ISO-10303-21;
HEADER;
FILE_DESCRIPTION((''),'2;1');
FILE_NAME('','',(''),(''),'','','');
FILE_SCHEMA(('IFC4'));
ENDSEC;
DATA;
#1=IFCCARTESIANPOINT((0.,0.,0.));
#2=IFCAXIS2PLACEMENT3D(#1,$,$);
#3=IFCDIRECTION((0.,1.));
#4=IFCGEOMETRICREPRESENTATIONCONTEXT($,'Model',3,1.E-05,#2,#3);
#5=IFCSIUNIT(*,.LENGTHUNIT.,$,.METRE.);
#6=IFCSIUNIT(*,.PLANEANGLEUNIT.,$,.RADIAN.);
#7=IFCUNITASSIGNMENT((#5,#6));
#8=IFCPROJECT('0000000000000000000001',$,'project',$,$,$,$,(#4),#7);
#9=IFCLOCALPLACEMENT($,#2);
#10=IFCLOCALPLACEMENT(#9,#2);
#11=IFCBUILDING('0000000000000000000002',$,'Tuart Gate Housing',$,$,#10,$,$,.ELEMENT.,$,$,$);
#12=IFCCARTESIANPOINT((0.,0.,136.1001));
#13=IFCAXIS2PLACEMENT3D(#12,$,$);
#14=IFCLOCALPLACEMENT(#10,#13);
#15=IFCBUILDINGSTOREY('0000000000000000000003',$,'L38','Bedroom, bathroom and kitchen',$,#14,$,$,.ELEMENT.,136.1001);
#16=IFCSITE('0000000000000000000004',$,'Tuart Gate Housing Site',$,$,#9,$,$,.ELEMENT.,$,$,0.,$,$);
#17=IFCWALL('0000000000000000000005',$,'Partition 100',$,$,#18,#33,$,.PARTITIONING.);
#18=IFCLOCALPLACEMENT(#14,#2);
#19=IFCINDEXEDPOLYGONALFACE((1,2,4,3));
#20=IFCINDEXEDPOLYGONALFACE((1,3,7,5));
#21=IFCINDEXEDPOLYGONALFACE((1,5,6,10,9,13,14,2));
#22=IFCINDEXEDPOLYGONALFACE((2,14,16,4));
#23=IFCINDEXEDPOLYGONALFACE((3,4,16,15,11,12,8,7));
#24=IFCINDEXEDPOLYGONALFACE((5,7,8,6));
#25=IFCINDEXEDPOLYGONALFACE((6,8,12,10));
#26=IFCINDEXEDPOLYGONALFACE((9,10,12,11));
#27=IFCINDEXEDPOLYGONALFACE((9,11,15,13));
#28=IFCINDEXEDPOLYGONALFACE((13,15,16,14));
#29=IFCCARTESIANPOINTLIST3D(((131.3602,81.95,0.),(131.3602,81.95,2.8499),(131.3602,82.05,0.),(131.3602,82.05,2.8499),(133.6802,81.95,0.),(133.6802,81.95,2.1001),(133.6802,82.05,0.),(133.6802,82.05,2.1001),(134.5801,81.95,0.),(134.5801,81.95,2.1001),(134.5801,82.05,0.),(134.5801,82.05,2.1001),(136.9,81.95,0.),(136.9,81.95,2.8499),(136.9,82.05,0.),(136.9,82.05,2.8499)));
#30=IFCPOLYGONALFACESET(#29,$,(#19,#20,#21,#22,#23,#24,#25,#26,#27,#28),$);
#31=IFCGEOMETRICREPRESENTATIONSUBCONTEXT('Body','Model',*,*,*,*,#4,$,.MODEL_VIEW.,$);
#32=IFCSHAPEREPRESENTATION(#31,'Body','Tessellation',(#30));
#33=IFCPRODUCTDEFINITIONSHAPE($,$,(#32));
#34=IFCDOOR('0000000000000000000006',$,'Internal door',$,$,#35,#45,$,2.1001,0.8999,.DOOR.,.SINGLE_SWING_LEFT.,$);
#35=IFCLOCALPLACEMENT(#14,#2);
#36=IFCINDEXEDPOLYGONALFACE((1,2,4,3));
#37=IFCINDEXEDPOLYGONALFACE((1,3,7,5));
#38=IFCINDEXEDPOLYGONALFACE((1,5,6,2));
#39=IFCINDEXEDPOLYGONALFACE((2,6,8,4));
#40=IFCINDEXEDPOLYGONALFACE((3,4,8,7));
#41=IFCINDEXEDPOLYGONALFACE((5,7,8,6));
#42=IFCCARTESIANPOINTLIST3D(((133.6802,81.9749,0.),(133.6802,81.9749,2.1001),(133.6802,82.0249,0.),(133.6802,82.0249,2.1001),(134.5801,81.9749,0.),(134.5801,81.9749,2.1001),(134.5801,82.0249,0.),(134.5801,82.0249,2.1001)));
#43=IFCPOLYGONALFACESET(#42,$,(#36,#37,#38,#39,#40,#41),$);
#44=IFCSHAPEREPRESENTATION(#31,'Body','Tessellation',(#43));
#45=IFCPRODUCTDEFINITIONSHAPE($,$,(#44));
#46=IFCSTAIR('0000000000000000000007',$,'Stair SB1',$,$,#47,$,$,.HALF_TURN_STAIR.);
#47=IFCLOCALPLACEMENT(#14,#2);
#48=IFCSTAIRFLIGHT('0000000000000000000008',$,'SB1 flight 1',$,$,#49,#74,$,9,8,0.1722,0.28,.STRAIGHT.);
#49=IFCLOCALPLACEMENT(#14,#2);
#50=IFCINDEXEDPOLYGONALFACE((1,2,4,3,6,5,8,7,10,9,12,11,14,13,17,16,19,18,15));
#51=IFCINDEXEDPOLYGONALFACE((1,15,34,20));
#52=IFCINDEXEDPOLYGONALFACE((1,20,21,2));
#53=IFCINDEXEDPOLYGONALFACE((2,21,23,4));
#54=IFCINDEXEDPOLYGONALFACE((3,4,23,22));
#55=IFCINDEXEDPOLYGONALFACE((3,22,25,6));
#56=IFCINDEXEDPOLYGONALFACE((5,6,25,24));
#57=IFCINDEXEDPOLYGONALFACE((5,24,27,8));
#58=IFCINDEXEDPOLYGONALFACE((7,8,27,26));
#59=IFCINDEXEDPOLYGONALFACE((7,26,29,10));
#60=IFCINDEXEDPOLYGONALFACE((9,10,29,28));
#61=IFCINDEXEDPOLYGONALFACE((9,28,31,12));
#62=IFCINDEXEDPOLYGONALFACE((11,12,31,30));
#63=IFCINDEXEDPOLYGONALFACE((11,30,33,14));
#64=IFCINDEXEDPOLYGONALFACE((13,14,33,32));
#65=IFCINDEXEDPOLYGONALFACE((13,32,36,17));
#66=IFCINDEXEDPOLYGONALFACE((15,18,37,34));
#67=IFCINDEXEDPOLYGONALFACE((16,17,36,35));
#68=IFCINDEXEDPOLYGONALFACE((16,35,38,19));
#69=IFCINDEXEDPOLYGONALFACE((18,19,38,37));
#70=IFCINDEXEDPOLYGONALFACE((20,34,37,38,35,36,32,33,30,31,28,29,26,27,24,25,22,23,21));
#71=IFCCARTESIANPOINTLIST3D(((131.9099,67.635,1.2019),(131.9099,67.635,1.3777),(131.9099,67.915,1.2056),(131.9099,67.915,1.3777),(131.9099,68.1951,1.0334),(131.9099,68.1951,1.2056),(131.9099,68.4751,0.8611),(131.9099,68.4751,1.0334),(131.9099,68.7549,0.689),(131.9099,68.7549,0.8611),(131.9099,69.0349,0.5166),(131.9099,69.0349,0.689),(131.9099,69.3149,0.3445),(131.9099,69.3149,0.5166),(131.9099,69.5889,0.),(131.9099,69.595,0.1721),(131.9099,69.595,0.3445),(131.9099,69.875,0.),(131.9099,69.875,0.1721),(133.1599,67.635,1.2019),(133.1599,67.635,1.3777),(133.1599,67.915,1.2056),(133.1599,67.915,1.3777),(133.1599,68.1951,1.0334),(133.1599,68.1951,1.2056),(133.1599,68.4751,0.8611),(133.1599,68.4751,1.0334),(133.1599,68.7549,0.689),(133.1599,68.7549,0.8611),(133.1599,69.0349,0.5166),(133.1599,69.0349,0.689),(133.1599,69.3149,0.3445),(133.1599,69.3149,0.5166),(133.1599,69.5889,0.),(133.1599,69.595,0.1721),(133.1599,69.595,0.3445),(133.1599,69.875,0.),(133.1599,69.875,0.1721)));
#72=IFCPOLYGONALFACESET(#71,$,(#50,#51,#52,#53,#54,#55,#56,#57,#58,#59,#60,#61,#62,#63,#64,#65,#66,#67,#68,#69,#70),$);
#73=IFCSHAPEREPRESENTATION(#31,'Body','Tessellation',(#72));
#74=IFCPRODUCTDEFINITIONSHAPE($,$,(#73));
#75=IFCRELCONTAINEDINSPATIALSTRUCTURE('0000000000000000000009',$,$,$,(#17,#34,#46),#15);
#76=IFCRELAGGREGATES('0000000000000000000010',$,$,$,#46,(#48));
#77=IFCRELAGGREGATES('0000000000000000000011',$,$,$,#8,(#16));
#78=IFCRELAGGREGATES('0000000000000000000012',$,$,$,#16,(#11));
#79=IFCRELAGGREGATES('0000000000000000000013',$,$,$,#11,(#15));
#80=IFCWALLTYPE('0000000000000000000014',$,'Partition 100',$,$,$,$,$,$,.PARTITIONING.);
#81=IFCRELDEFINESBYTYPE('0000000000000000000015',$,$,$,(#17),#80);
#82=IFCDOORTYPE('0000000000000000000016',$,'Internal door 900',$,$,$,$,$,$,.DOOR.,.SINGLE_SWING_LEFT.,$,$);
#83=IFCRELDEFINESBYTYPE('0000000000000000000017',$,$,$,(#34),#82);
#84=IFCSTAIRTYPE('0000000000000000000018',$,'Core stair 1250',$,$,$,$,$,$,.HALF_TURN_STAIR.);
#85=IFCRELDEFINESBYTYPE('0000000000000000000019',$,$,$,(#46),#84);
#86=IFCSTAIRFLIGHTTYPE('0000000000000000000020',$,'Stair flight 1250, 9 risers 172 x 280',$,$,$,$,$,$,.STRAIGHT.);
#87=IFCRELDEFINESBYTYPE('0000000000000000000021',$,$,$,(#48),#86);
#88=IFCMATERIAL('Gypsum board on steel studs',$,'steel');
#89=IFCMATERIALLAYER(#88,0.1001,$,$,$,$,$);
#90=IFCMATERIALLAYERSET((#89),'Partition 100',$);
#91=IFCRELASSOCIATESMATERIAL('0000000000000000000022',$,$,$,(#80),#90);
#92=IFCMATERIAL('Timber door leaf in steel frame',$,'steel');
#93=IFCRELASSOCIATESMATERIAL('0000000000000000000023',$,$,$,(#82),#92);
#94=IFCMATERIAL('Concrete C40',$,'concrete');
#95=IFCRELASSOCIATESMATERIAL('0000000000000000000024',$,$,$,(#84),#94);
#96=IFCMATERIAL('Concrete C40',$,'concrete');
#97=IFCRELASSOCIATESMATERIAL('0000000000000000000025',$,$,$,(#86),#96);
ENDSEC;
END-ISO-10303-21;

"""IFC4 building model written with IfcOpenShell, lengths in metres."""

from ifc_helpers import new_model, si_unit, direction, frame, frame_2d, origin, place, context, subcontext, project, spatial, polyline, rectangle, outline, extrude, material, layer, layer_set, type_object, element, fill, aggregate, save


model = new_model("IFC4")

# Units and contexts
model_context = context("Model", 3, precision=1e-05, world=origin(), true_north=direction((0.0, 1.0)))
body_context = subcontext(model_context, "Body", "Model", "MODEL_VIEW")
ifc_project = project(units=[si_unit("LENGTHUNIT", "METRE"), si_unit("PLANEANGLEUNIT", "RADIAN")], contexts=[model_context])

# Site, building, storey
site_placement = place(None, origin())
site = spatial("IfcSite", under=ifc_project, at=site_placement, Name="Tuart Gate Housing Site", CompositionType="ELEMENT", RefElevation=0.0)
building_placement = place(site_placement, origin())
building = spatial("IfcBuilding", under=site, at=building_placement, Name="Tuart Gate Housing", CompositionType="ELEMENT")
storey_placement = place(building_placement, frame((0.0, 0.0, 136.1001)))
storey = spatial("IfcBuildingStorey", under=building, at=storey_placement, Name="L38", Description="Bedroom, bathroom and kitchen", CompositionType="ELEMENT", Elevation=136.1001)

# Wall, opening, door
ifc_material_1 = material(Name="Gypsum board on steel studs", Category="steel")
ifc_layer_1 = layer(ifc_material_1, 0.1001)
ifc_layer_set_1 = layer_set([ifc_layer_1], Name="Partition 100")
wall_type_1 = type_object("IfcWallType", Name="Partition 100", PredefinedType="PARTITIONING", material=ifc_layer_set_1)
wall_1_placement = place(storey_placement, frame((131.3601, 82.0, 0.0), z_axis=(0.0, 0.0, 1.0), x_axis=(1.0, 0.0, 0.0)))
wall_1 = element("IfcWall", 1, at=wall_1_placement, inside=storey, type_object=wall_type_1, Name="Partition 100", PredefinedType="PARTITIONING", context=body_context, shape_type="SweptSolid", body=[
    extrude(rectangle(XDim=5.5398, YDim=0.1001, at=frame_2d((2.77, 0.0))), origin(), (0.0, 0.0, 1.0), 2.8499),
])
opening_1_placement = place(wall_1_placement, frame((2.3201, 0.0, 0.0)))
opening_1 = element("IfcOpeningElement", 2, at=opening_1_placement, cuts=wall_1, PredefinedType="OPENING", context=body_context, shape_type="SweptSolid", body=[
    extrude(rectangle(XDim=0.8999, YDim=2.1001, at=frame_2d((0.45, 1.05))), frame((0.0, 0.0601, 0.0), z_axis=(0.0, -1.0, 0.0), x_axis=(1.0, 0.0, 0.0)), (0.0, 0.0, 1.0), 0.1201),
])
ifc_material_2 = material(Name="Timber door leaf in steel frame", Category="steel")
door_type_1 = type_object("IfcDoorType", Name="Internal door 900", OperationType="SINGLE_SWING_LEFT", PredefinedType="DOOR", material=ifc_material_2)
door_1_placement = place(opening_1_placement, origin())
door_1 = element("IfcDoor", 3, at=door_1_placement, inside=storey, type_object=door_type_1, Name="Internal door", OperationType="SINGLE_SWING_LEFT", OverallHeight=2.1001, OverallWidth=0.8999, PredefinedType="DOOR", context=body_context, shape_type="SweptSolid", body=[
    extrude(rectangle(XDim=0.8999, YDim=2.1001, at=frame_2d((0.45, 1.05))), frame((0.0, 0.0249, 0.0), z_axis=(0.0, -1.0, 0.0), x_axis=(1.0, 0.0, 0.0)), (0.0, 0.0, 1.0), 0.05),
])
fill(opening_1, door_1)

# Stair, stair flight
ifc_material_3 = material(Name="Concrete C40", Category="concrete")
stair_type = type_object("IfcStairType", Name="Core stair 1250", PredefinedType="HALF_TURN_STAIR", material=ifc_material_3)
stair_placement = place(storey_placement, origin())
stair = element("IfcStair", 4, at=stair_placement, inside=storey, type_object=stair_type, Name="Stair SB1", PredefinedType="HALF_TURN_STAIR")
ifc_material_4 = material(Name="Concrete C40", Category="concrete")
stair_flight_type = type_object("IfcStairFlightType", Name="Stair flight 1250, 9 risers 172 x 280", PredefinedType="STRAIGHT", material=ifc_material_4)
stair_flight_placement = place(storey_placement, frame((132.5349, 69.875, 0.0), z_axis=(0.0, 0.0, 1.0), x_axis=(0.0, -1.0, 0.0)))
stair_flight = element("IfcStairFlight", 5, at=stair_flight_placement, type_object=stair_flight_type, Name="SB1 flight 1", NumberOfRisers=9, NumberOfTreads=8, PredefinedType="STRAIGHT", RiserHeight=0.1722, TreadLength=0.28, context=body_context, shape_type="SweptSolid", body=[
    extrude(outline(polyline([(0.0, 0.0), (0.0, 0.1721), (0.28, 0.1721), (0.28, 0.3445), (0.5601, 0.3445), (0.5601, 0.5166), (0.8401, 0.5166), (0.8401, 0.689), (1.1201, 0.689), (1.1201, 0.8611), (1.3999, 0.8611), (1.3999, 1.0334), (1.6799, 1.0334), (1.6799, 1.2056), (1.96, 1.2056), (1.96, 1.3777), (2.24, 1.3777), (2.24, 1.55), (2.24, 1.2019), (0.2861, 0.0), (0.0, 0.0)])), frame((0.0, 0.625, 0.0), z_axis=(0.0, -1.0, 0.0), x_axis=(1.0, 0.0, 0.0)), (0.0, 0.0, 1.0), 1.25),
])
aggregate(stair, [stair_flight])

save(model, "model.ifc")
